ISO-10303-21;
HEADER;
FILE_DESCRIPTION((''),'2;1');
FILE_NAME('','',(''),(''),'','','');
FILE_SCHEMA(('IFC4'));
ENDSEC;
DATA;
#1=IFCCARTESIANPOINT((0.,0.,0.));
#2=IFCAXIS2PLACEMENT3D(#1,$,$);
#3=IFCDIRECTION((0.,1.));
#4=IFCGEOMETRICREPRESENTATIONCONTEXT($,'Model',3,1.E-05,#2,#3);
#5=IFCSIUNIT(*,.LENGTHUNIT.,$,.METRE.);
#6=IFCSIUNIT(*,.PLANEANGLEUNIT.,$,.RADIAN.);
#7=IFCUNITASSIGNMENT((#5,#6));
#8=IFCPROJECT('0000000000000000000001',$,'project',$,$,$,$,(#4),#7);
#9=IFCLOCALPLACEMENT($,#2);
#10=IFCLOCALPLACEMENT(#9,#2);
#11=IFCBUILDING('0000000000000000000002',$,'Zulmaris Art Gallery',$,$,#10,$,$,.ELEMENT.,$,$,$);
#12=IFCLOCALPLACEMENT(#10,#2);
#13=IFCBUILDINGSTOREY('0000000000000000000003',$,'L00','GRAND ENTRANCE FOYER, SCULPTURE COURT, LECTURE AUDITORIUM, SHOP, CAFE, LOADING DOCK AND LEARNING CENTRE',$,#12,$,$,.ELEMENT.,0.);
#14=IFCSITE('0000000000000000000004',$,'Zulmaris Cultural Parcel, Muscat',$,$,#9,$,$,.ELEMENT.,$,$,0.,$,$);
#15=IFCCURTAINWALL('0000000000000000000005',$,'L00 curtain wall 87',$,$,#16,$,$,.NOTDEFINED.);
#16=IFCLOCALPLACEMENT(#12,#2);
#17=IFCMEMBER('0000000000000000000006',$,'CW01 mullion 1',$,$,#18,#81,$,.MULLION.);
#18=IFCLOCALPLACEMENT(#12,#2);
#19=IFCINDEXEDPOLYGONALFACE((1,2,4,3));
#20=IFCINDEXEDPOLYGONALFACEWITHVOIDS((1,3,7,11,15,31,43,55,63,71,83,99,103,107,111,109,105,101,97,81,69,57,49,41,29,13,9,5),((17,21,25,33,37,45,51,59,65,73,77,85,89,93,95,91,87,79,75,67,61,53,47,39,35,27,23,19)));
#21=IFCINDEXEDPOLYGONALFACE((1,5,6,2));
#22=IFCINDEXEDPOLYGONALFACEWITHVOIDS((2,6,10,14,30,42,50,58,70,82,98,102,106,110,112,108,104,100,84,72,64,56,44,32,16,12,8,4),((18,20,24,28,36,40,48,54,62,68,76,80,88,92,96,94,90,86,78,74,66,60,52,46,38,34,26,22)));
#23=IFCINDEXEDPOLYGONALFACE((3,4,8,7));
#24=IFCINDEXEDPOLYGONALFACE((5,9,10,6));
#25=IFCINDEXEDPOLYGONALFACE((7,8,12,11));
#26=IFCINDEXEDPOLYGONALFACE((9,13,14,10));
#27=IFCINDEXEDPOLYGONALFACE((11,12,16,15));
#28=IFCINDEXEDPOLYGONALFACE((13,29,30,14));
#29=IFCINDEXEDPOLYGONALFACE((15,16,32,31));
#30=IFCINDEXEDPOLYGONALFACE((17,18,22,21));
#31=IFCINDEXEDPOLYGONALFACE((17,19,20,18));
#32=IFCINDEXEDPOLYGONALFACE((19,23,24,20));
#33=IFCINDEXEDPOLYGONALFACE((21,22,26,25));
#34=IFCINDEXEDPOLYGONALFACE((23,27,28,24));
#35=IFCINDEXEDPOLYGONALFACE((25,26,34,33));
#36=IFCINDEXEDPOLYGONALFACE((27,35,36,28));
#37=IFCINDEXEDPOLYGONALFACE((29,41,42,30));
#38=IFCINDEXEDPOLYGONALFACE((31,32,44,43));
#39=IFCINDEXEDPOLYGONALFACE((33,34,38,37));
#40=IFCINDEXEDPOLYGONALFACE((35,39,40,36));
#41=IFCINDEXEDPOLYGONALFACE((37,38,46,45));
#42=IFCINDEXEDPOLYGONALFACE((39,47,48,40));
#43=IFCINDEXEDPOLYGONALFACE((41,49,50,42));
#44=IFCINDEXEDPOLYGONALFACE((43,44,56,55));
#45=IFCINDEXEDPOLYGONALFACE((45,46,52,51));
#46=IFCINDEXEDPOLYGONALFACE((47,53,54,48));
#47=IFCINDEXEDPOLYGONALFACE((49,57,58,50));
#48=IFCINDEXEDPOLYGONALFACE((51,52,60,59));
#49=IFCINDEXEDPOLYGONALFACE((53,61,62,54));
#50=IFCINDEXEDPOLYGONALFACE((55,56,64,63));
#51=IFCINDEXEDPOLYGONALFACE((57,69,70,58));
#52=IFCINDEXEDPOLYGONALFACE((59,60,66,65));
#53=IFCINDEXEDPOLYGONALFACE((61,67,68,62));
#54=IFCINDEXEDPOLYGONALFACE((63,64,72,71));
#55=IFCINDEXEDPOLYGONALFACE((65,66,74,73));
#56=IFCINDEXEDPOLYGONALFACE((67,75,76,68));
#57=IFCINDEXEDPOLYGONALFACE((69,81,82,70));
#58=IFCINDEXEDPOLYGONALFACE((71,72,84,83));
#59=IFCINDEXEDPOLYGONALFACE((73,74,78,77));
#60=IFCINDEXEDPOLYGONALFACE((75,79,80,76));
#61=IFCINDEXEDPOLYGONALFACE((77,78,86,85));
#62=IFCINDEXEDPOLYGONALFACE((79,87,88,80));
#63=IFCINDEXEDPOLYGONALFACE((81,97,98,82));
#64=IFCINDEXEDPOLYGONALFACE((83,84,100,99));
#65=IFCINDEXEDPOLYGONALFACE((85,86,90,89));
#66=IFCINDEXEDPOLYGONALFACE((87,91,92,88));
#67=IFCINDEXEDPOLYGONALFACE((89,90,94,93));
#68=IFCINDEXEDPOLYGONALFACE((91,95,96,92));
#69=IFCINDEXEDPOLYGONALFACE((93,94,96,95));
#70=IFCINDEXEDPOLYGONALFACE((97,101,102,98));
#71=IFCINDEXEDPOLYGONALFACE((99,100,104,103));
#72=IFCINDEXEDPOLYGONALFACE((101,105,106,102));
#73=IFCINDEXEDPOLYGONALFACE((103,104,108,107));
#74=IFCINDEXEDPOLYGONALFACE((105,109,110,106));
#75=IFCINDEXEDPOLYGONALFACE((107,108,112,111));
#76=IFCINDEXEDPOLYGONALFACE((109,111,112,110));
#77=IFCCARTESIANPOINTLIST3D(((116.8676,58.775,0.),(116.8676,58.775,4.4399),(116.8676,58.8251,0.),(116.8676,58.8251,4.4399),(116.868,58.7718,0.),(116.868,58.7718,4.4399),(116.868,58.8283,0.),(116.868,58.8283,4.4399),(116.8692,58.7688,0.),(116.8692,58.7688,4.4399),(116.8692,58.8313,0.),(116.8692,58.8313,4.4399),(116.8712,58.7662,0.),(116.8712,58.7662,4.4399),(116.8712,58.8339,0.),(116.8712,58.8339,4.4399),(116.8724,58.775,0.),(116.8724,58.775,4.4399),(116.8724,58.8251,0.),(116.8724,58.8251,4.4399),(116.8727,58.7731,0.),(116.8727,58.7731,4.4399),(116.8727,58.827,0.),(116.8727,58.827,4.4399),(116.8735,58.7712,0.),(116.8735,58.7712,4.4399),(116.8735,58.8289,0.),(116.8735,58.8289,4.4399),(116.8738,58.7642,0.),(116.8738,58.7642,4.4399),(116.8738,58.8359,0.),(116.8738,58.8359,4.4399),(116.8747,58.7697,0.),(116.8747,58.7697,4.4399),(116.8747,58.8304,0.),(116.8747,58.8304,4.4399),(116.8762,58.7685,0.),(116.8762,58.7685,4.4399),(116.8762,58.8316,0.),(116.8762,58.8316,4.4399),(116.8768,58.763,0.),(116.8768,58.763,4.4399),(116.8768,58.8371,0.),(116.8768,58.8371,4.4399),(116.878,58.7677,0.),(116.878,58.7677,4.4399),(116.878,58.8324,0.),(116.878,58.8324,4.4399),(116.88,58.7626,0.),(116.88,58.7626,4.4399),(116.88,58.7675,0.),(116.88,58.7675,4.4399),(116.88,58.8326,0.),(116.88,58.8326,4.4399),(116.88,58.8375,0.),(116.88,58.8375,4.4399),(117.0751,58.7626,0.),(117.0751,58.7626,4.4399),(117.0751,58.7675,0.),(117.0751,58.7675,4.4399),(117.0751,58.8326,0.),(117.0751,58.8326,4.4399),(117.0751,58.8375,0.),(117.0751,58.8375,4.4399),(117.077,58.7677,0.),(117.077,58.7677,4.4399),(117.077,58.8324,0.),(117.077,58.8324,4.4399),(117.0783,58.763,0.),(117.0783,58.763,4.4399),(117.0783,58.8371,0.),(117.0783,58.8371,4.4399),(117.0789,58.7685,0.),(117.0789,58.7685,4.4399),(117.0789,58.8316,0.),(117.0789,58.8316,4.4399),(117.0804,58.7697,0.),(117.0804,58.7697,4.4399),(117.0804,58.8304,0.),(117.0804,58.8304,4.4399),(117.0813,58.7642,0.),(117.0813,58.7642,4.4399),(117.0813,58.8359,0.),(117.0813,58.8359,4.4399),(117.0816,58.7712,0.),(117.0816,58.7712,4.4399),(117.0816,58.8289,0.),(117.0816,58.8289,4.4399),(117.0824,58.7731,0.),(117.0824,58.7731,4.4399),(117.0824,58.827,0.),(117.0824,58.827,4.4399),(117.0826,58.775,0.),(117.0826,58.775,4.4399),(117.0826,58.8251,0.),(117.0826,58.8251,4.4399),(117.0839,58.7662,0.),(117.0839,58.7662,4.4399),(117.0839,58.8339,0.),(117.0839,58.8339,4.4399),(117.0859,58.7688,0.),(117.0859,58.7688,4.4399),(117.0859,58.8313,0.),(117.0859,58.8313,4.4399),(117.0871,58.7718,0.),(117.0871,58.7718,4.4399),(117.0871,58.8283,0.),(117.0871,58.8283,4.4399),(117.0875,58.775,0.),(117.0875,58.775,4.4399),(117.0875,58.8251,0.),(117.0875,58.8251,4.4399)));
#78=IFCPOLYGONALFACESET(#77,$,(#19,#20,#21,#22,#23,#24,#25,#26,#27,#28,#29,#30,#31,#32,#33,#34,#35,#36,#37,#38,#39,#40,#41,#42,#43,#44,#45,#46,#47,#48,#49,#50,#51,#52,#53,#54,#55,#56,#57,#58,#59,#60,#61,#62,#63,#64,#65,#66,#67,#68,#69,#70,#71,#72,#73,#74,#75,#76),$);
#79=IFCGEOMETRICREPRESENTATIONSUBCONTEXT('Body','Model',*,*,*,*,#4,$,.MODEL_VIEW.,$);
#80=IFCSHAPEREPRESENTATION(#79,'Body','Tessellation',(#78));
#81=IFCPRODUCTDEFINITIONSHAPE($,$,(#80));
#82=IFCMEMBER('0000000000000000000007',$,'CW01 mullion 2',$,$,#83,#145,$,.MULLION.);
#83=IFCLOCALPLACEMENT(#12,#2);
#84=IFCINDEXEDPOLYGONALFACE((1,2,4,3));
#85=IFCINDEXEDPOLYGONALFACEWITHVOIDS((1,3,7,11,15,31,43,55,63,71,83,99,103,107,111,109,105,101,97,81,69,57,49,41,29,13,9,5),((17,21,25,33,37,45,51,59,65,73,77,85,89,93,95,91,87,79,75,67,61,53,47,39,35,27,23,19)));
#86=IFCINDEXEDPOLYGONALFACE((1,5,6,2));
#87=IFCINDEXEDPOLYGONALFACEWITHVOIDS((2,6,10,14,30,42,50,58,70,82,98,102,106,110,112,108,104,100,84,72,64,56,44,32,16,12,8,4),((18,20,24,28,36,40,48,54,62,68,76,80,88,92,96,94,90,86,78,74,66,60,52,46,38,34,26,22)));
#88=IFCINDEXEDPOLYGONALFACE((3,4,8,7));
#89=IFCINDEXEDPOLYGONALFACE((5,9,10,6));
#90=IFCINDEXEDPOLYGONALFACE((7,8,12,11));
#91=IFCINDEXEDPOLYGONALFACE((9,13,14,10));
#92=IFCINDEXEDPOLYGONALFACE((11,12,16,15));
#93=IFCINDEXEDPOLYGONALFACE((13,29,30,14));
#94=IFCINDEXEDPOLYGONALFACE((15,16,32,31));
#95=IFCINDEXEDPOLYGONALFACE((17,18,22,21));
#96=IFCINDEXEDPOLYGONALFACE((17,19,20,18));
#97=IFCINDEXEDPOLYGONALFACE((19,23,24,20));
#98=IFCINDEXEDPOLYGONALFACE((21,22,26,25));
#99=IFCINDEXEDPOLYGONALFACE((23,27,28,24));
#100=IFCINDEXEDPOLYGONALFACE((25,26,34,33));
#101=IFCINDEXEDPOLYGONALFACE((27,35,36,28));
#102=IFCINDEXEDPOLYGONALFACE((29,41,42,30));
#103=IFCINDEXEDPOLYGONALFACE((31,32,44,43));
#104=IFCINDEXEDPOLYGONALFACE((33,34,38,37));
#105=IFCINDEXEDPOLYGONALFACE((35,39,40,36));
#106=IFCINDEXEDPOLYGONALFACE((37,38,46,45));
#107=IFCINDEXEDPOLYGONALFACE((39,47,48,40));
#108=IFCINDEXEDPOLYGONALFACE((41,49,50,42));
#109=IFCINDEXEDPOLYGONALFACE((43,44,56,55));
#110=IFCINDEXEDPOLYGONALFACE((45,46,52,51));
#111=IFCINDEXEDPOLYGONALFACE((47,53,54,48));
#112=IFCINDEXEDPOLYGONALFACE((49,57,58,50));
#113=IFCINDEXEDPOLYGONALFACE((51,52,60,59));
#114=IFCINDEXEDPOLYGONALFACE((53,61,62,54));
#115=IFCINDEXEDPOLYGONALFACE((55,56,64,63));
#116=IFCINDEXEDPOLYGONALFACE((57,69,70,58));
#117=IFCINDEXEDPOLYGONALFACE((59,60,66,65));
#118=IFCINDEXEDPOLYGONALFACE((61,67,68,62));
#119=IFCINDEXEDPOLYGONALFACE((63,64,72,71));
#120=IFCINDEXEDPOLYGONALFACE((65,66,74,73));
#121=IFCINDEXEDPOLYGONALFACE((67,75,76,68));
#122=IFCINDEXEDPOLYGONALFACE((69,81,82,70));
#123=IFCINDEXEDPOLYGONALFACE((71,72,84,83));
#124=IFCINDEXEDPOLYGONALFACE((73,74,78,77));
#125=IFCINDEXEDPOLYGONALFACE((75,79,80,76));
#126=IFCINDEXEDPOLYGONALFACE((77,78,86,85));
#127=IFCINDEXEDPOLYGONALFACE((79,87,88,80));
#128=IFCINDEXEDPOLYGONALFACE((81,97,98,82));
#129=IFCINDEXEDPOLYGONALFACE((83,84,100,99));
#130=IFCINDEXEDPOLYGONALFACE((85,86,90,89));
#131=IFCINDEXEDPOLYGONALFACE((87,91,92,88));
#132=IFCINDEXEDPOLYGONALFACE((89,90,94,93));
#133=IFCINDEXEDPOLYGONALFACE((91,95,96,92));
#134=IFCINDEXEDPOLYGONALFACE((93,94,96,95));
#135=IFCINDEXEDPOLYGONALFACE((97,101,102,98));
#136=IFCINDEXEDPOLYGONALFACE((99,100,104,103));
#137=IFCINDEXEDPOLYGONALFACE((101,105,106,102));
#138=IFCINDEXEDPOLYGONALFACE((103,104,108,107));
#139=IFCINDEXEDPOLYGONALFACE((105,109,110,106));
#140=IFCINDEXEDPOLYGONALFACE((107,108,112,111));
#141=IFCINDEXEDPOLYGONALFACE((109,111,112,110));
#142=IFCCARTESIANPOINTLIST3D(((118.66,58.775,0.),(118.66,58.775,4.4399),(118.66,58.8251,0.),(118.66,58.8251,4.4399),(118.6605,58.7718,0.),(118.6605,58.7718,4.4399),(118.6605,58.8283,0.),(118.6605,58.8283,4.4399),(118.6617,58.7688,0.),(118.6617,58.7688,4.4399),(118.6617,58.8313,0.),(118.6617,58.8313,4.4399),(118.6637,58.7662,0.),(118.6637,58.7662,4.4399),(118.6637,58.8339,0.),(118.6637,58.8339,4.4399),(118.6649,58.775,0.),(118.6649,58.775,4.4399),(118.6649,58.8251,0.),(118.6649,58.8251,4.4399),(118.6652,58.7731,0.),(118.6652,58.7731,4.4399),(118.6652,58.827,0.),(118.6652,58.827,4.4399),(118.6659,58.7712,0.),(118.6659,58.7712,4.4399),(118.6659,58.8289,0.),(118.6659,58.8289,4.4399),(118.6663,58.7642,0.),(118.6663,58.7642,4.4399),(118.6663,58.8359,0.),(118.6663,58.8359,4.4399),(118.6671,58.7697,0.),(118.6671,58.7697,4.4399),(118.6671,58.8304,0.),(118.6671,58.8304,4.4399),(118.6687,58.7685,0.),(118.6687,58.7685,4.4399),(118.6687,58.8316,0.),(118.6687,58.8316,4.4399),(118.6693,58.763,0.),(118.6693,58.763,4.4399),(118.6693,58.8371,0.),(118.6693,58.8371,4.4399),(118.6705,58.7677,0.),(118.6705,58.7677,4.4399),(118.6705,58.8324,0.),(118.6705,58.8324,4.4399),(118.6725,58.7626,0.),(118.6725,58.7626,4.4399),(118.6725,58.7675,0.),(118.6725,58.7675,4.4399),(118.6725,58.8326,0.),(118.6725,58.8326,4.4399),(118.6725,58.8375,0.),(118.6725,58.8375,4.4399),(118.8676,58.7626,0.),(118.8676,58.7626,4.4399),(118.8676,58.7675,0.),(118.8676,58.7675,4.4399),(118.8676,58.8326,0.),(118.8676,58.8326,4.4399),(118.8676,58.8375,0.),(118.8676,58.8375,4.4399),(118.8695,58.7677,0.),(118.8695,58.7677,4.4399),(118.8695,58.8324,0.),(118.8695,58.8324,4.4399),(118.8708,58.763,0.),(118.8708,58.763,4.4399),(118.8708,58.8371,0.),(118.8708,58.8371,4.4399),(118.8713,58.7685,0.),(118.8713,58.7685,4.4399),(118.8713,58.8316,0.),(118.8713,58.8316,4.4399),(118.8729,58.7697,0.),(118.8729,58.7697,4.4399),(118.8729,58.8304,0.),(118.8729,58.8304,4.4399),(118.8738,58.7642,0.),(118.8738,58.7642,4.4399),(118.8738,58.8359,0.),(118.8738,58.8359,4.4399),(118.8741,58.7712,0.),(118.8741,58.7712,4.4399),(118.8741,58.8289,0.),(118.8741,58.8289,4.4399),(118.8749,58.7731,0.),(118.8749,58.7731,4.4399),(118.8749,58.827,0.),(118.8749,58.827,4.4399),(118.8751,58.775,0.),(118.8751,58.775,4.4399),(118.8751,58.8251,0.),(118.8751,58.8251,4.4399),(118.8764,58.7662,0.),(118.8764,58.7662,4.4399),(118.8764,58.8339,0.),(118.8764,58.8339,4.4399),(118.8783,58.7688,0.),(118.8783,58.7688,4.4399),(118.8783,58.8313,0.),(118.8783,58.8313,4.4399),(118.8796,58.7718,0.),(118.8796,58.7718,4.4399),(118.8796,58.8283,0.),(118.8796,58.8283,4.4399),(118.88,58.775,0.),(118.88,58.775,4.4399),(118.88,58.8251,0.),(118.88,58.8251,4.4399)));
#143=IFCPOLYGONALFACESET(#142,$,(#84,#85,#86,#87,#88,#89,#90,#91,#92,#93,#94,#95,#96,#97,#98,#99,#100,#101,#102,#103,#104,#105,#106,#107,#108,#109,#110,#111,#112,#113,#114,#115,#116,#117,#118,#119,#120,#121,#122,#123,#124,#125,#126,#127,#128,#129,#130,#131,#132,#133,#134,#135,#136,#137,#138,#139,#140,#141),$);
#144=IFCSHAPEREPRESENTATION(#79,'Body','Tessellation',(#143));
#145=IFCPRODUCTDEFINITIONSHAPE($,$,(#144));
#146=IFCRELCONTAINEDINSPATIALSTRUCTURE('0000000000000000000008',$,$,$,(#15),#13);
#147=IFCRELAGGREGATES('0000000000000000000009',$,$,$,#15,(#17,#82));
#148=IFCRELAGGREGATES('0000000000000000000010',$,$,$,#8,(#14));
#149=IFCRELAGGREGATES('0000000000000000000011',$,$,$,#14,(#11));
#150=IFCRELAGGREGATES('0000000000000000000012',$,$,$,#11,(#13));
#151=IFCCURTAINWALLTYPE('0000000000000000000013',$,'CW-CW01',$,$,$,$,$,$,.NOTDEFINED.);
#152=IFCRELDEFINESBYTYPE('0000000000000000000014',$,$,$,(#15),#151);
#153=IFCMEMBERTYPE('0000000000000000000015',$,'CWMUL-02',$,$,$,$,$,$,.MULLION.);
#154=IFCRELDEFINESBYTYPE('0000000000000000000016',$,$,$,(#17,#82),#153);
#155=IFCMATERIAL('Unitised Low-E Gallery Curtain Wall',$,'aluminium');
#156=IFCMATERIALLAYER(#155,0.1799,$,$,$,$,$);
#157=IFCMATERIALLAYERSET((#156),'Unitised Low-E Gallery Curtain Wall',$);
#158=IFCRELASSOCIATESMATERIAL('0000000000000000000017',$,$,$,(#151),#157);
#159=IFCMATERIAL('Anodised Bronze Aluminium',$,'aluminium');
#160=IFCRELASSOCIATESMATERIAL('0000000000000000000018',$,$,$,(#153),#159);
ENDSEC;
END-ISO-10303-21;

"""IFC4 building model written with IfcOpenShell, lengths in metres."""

from ifc_helpers import new_model, si_unit, direction, frame, origin, origin_2d, place, context, subcontext, project, spatial, hollow_rectangle, extrude, material, layer, layer_set, material_profile, profile_set, type_object, element, aggregate, save


model = new_model("IFC4")

# Units and contexts
model_context = context("Model", 3, precision=1e-05, world=origin(), true_north=direction((0.0, 1.0)))
body_context = subcontext(model_context, "Body", "Model", "MODEL_VIEW")
ifc_project = project(units=[si_unit("LENGTHUNIT", "METRE"), si_unit("PLANEANGLEUNIT", "RADIAN")], contexts=[model_context])

# Site, building, storey
site_placement = place(None, origin())
site = spatial("IfcSite", under=ifc_project, at=site_placement, Name="Zulmaris Cultural Parcel, Muscat", CompositionType="ELEMENT", RefElevation=0.0)
building_placement = place(site_placement, origin())
building = spatial("IfcBuilding", under=site, at=building_placement, Name="Zulmaris Art Gallery", CompositionType="ELEMENT")
storey_placement = place(building_placement, origin())
storey = spatial("IfcBuildingStorey", under=building, at=storey_placement, Name="L00", Description="GRAND ENTRANCE FOYER, SCULPTURE COURT, LECTURE AUDITORIUM, SHOP, CAFE, LOADING DOCK AND LEARNING CENTRE", CompositionType="ELEMENT", Elevation=0.0)

# Curtain wall, members
ifc_material_1 = material(Name="Unitised Low-E Gallery Curtain Wall", Category="aluminium")
ifc_layer_1 = layer(ifc_material_1, 0.1799)
ifc_layer_set_1 = layer_set([ifc_layer_1], Name="Unitised Low-E Gallery Curtain Wall")
curtain_wall_type = type_object("IfcCurtainWallType", Name="CW-CW01", PredefinedType="NOTDEFINED", material=ifc_layer_set_1)
ifc_material_2 = material(Name="Anodised Bronze Aluminium", Category="aluminium")
ifc_material_profile_1 = material_profile(ifc_material_2, hollow_rectangle(XDim=0.075, YDim=0.22, WallThickness=0.0049, InnerFilletRadius=0.0076, OuterFilletRadius=0.0125, at=origin_2d()), Name="ALU 75x220x5")
ifc_profile_set_1 = profile_set([ifc_material_profile_1], Name="Anodised Bronze Aluminium")
member_type_1 = type_object("IfcMemberType", Name="CWMUL-02", PredefinedType="MULLION", material=ifc_profile_set_1)
curtain_wall_1_placement = place(storey_placement, origin())
curtain_wall_1 = element("IfcCurtainWall", 1, at=curtain_wall_1_placement, inside=storey, type_object=curtain_wall_type, Name="L00 curtain wall 87", PredefinedType="NOTDEFINED")
member_1_placement = place(storey_placement, frame((116.9775, 58.8, 0.0), z_axis=(0.0, 0.0, 1.0), x_axis=(0.0, 1.0, 0.0)))
member_1 = element("IfcMember", 2, at=member_1_placement, type_object=member_type_1, Name="CW01 mullion 1", PredefinedType="MULLION", context=body_context, shape_type="SweptSolid", body=[
    extrude(hollow_rectangle(XDim=0.075, YDim=0.22, WallThickness=0.0049, InnerFilletRadius=0.0076, OuterFilletRadius=0.0125, at=origin_2d()), origin(), (0.0, 0.0, 1.0), 4.4399),
])
member_2_placement = place(storey_placement, frame((118.77, 58.8, 0.0), z_axis=(0.0, 0.0, 1.0), x_axis=(0.0, 1.0, 0.0)))
member_2 = element("IfcMember", 3, at=member_2_placement, type_object=member_type_1, Name="CW01 mullion 2", PredefinedType="MULLION", context=body_context, shape_type="SweptSolid", body=[
    extrude(hollow_rectangle(XDim=0.075, YDim=0.22, WallThickness=0.0049, InnerFilletRadius=0.0076, OuterFilletRadius=0.0125, at=origin_2d()), origin(), (0.0, 0.0, 1.0), 4.4399),
])

aggregate(curtain_wall_1, [member_1, member_2])

save(model, "model.ifc")
